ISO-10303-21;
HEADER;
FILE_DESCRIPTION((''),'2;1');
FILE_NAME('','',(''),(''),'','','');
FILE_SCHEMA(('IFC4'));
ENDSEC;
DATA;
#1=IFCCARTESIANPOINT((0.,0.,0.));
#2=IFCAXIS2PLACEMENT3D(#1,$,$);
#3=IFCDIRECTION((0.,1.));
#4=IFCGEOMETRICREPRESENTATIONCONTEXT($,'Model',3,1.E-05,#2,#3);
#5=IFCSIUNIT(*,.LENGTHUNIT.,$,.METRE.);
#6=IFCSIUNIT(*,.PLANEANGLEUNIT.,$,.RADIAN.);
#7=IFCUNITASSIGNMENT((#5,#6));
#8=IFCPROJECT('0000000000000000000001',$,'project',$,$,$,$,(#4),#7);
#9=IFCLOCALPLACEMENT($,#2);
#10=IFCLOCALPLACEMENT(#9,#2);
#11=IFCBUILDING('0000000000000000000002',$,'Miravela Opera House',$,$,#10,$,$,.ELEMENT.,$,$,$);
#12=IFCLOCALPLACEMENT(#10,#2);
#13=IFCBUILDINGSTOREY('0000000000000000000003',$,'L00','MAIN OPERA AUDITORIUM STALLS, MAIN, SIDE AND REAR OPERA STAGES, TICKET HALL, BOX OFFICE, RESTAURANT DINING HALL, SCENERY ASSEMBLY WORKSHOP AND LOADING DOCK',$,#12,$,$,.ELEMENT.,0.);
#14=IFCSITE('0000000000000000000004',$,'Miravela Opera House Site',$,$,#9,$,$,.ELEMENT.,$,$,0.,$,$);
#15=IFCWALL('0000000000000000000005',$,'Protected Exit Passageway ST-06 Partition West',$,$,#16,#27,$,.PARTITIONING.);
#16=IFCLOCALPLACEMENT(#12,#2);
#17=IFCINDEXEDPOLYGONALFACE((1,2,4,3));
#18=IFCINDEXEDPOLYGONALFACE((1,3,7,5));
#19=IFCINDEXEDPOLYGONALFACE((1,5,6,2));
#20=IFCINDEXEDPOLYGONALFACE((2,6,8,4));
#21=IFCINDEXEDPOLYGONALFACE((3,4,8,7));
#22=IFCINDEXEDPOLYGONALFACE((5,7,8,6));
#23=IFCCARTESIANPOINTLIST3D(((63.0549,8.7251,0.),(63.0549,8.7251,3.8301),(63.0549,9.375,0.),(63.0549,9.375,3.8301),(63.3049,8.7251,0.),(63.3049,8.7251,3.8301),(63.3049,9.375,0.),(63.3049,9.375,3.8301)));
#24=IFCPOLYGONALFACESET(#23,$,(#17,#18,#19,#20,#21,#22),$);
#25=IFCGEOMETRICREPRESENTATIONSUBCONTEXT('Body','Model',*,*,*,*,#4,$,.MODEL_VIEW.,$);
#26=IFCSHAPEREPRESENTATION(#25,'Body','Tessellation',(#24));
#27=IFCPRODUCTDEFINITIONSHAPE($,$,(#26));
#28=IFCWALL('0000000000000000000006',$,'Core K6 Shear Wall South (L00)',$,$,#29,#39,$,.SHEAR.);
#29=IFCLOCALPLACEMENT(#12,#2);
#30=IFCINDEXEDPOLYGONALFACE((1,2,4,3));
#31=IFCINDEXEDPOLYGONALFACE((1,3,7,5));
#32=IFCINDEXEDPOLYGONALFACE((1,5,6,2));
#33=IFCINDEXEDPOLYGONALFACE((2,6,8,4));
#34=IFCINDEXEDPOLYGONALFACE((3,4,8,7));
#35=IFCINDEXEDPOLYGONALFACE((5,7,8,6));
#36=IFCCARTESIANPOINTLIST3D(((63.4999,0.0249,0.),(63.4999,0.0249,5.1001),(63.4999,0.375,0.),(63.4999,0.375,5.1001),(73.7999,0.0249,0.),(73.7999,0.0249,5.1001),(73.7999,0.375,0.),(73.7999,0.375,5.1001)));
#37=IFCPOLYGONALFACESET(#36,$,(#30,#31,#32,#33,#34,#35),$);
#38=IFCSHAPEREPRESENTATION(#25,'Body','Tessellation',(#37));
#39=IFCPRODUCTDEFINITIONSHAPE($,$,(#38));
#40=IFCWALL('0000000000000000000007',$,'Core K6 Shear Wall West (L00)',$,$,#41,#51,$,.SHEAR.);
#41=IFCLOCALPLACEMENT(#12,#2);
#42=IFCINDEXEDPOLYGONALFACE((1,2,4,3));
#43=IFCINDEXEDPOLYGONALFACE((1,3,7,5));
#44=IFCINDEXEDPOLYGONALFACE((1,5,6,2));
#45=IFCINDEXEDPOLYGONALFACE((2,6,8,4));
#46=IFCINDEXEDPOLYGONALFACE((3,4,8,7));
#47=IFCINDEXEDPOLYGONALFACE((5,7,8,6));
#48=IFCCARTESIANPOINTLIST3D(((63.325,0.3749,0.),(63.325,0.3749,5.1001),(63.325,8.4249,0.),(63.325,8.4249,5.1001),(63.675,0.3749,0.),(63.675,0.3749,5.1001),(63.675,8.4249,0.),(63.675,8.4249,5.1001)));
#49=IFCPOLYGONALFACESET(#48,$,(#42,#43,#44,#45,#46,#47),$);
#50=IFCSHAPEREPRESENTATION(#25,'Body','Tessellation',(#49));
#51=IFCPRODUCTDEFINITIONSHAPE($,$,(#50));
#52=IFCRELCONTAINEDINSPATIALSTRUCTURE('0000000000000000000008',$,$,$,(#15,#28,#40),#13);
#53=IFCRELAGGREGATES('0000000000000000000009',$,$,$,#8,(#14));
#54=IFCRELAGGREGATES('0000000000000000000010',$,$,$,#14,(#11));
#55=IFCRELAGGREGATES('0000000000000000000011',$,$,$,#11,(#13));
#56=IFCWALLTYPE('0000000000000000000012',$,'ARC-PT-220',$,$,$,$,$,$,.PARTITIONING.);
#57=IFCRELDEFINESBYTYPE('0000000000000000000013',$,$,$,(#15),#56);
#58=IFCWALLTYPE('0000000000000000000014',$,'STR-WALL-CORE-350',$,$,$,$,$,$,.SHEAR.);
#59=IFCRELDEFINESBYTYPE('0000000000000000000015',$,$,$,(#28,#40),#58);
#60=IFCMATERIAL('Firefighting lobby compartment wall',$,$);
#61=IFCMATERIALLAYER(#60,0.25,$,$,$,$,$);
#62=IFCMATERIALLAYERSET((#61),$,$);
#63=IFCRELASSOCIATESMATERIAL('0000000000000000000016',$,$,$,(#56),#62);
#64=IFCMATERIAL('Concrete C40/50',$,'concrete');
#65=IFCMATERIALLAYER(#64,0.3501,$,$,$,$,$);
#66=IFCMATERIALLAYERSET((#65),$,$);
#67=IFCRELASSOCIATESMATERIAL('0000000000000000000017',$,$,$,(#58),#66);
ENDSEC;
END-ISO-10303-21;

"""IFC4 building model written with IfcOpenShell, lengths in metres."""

from ifc_helpers import new_model, si_unit, direction, frame, frame_2d, origin, place, context, subcontext, project, spatial, rectangle, extrude, material, layer, layer_set, type_object, element, save


model = new_model("IFC4")

# Units and contexts
model_context = context("Model", 3, precision=1e-05, world=origin(), true_north=direction((0.0, 1.0)))
body_context = subcontext(model_context, "Body", "Model", "MODEL_VIEW")
ifc_project = project(units=[si_unit("LENGTHUNIT", "METRE"), si_unit("PLANEANGLEUNIT", "RADIAN")], contexts=[model_context])

# Site, building, storey
site_placement = place(None, origin())
site = spatial("IfcSite", under=ifc_project, at=site_placement, Name="Miravela Opera House Site", CompositionType="ELEMENT", RefElevation=0.0)
building_placement = place(site_placement, origin())
building = spatial("IfcBuilding", under=site, at=building_placement, Name="Miravela Opera House", CompositionType="ELEMENT")
storey_placement = place(building_placement, origin())
storey = spatial("IfcBuildingStorey", under=building, at=storey_placement, Name="L00", Description="MAIN OPERA AUDITORIUM STALLS, MAIN, SIDE AND REAR OPERA STAGES, TICKET HALL, BOX OFFICE, RESTAURANT DINING HALL, SCENERY ASSEMBLY WORKSHOP AND LOADING DOCK", CompositionType="ELEMENT", Elevation=0.0)

# Walls
ifc_material_1 = material(Name="Firefighting lobby compartment wall")
ifc_layer_1 = layer(ifc_material_1, 0.25)
ifc_layer_set_1 = layer_set([ifc_layer_1])
wall_type_1 = type_object("IfcWallType", Name="ARC-PT-220", PredefinedType="PARTITIONING", material=ifc_layer_set_1)
wall_1_placement = place(storey_placement, frame((63.1799, 8.7251, 0.0), z_axis=(0.0, 0.0, 1.0), x_axis=(0.0, 1.0, 0.0)))
element("IfcWall", 1, at=wall_1_placement, inside=storey, type_object=wall_type_1, Name="Protected Exit Passageway ST-06 Partition West", PredefinedType="PARTITIONING", context=body_context, shape_type="SweptSolid", body=[
    extrude(rectangle(XDim=0.6499, YDim=0.25, at=frame_2d((0.325, 0.0))), origin(), (0.0, 0.0, 1.0), 3.8301),
])
ifc_material_2 = material(Name="Concrete C40/50", Category="concrete")
ifc_layer_2 = layer(ifc_material_2, 0.3501)
ifc_layer_set_2 = layer_set([ifc_layer_2])
wall_type_2 = type_object("IfcWallType", Name="STR-WALL-CORE-350", PredefinedType="SHEAR", material=ifc_layer_set_2)
wall_2_placement = place(storey_placement, frame((63.5, 0.2, 0.0), z_axis=(0.0, 0.0, 1.0), x_axis=(1.0, 0.0, 0.0)))
element("IfcWall", 2, at=wall_2_placement, inside=storey, type_object=wall_type_2, Name="Core K6 Shear Wall South (L00)", PredefinedType="SHEAR", context=body_context, shape_type="SweptSolid", body=[
    extrude(rectangle(XDim=10.3, YDim=0.3501, at=frame_2d((5.1499, 0.0))), origin(), (0.0, 0.0, 1.0), 5.1001),
])
wall_3_placement = place(storey_placement, frame((63.5, 0.375, 0.0), z_axis=(0.0, 0.0, 1.0), x_axis=(0.0, 1.0, 0.0)))
element("IfcWall", 3, at=wall_3_placement, inside=storey, type_object=wall_type_2, Name="Core K6 Shear Wall West (L00)", PredefinedType="SHEAR", context=body_context, shape_type="SweptSolid", body=[
    extrude(rectangle(XDim=8.05, YDim=0.3501, at=frame_2d((4.0249, 0.0))), origin(), (0.0, 0.0, 1.0), 5.1001),
])

save(model, "model.ifc")
